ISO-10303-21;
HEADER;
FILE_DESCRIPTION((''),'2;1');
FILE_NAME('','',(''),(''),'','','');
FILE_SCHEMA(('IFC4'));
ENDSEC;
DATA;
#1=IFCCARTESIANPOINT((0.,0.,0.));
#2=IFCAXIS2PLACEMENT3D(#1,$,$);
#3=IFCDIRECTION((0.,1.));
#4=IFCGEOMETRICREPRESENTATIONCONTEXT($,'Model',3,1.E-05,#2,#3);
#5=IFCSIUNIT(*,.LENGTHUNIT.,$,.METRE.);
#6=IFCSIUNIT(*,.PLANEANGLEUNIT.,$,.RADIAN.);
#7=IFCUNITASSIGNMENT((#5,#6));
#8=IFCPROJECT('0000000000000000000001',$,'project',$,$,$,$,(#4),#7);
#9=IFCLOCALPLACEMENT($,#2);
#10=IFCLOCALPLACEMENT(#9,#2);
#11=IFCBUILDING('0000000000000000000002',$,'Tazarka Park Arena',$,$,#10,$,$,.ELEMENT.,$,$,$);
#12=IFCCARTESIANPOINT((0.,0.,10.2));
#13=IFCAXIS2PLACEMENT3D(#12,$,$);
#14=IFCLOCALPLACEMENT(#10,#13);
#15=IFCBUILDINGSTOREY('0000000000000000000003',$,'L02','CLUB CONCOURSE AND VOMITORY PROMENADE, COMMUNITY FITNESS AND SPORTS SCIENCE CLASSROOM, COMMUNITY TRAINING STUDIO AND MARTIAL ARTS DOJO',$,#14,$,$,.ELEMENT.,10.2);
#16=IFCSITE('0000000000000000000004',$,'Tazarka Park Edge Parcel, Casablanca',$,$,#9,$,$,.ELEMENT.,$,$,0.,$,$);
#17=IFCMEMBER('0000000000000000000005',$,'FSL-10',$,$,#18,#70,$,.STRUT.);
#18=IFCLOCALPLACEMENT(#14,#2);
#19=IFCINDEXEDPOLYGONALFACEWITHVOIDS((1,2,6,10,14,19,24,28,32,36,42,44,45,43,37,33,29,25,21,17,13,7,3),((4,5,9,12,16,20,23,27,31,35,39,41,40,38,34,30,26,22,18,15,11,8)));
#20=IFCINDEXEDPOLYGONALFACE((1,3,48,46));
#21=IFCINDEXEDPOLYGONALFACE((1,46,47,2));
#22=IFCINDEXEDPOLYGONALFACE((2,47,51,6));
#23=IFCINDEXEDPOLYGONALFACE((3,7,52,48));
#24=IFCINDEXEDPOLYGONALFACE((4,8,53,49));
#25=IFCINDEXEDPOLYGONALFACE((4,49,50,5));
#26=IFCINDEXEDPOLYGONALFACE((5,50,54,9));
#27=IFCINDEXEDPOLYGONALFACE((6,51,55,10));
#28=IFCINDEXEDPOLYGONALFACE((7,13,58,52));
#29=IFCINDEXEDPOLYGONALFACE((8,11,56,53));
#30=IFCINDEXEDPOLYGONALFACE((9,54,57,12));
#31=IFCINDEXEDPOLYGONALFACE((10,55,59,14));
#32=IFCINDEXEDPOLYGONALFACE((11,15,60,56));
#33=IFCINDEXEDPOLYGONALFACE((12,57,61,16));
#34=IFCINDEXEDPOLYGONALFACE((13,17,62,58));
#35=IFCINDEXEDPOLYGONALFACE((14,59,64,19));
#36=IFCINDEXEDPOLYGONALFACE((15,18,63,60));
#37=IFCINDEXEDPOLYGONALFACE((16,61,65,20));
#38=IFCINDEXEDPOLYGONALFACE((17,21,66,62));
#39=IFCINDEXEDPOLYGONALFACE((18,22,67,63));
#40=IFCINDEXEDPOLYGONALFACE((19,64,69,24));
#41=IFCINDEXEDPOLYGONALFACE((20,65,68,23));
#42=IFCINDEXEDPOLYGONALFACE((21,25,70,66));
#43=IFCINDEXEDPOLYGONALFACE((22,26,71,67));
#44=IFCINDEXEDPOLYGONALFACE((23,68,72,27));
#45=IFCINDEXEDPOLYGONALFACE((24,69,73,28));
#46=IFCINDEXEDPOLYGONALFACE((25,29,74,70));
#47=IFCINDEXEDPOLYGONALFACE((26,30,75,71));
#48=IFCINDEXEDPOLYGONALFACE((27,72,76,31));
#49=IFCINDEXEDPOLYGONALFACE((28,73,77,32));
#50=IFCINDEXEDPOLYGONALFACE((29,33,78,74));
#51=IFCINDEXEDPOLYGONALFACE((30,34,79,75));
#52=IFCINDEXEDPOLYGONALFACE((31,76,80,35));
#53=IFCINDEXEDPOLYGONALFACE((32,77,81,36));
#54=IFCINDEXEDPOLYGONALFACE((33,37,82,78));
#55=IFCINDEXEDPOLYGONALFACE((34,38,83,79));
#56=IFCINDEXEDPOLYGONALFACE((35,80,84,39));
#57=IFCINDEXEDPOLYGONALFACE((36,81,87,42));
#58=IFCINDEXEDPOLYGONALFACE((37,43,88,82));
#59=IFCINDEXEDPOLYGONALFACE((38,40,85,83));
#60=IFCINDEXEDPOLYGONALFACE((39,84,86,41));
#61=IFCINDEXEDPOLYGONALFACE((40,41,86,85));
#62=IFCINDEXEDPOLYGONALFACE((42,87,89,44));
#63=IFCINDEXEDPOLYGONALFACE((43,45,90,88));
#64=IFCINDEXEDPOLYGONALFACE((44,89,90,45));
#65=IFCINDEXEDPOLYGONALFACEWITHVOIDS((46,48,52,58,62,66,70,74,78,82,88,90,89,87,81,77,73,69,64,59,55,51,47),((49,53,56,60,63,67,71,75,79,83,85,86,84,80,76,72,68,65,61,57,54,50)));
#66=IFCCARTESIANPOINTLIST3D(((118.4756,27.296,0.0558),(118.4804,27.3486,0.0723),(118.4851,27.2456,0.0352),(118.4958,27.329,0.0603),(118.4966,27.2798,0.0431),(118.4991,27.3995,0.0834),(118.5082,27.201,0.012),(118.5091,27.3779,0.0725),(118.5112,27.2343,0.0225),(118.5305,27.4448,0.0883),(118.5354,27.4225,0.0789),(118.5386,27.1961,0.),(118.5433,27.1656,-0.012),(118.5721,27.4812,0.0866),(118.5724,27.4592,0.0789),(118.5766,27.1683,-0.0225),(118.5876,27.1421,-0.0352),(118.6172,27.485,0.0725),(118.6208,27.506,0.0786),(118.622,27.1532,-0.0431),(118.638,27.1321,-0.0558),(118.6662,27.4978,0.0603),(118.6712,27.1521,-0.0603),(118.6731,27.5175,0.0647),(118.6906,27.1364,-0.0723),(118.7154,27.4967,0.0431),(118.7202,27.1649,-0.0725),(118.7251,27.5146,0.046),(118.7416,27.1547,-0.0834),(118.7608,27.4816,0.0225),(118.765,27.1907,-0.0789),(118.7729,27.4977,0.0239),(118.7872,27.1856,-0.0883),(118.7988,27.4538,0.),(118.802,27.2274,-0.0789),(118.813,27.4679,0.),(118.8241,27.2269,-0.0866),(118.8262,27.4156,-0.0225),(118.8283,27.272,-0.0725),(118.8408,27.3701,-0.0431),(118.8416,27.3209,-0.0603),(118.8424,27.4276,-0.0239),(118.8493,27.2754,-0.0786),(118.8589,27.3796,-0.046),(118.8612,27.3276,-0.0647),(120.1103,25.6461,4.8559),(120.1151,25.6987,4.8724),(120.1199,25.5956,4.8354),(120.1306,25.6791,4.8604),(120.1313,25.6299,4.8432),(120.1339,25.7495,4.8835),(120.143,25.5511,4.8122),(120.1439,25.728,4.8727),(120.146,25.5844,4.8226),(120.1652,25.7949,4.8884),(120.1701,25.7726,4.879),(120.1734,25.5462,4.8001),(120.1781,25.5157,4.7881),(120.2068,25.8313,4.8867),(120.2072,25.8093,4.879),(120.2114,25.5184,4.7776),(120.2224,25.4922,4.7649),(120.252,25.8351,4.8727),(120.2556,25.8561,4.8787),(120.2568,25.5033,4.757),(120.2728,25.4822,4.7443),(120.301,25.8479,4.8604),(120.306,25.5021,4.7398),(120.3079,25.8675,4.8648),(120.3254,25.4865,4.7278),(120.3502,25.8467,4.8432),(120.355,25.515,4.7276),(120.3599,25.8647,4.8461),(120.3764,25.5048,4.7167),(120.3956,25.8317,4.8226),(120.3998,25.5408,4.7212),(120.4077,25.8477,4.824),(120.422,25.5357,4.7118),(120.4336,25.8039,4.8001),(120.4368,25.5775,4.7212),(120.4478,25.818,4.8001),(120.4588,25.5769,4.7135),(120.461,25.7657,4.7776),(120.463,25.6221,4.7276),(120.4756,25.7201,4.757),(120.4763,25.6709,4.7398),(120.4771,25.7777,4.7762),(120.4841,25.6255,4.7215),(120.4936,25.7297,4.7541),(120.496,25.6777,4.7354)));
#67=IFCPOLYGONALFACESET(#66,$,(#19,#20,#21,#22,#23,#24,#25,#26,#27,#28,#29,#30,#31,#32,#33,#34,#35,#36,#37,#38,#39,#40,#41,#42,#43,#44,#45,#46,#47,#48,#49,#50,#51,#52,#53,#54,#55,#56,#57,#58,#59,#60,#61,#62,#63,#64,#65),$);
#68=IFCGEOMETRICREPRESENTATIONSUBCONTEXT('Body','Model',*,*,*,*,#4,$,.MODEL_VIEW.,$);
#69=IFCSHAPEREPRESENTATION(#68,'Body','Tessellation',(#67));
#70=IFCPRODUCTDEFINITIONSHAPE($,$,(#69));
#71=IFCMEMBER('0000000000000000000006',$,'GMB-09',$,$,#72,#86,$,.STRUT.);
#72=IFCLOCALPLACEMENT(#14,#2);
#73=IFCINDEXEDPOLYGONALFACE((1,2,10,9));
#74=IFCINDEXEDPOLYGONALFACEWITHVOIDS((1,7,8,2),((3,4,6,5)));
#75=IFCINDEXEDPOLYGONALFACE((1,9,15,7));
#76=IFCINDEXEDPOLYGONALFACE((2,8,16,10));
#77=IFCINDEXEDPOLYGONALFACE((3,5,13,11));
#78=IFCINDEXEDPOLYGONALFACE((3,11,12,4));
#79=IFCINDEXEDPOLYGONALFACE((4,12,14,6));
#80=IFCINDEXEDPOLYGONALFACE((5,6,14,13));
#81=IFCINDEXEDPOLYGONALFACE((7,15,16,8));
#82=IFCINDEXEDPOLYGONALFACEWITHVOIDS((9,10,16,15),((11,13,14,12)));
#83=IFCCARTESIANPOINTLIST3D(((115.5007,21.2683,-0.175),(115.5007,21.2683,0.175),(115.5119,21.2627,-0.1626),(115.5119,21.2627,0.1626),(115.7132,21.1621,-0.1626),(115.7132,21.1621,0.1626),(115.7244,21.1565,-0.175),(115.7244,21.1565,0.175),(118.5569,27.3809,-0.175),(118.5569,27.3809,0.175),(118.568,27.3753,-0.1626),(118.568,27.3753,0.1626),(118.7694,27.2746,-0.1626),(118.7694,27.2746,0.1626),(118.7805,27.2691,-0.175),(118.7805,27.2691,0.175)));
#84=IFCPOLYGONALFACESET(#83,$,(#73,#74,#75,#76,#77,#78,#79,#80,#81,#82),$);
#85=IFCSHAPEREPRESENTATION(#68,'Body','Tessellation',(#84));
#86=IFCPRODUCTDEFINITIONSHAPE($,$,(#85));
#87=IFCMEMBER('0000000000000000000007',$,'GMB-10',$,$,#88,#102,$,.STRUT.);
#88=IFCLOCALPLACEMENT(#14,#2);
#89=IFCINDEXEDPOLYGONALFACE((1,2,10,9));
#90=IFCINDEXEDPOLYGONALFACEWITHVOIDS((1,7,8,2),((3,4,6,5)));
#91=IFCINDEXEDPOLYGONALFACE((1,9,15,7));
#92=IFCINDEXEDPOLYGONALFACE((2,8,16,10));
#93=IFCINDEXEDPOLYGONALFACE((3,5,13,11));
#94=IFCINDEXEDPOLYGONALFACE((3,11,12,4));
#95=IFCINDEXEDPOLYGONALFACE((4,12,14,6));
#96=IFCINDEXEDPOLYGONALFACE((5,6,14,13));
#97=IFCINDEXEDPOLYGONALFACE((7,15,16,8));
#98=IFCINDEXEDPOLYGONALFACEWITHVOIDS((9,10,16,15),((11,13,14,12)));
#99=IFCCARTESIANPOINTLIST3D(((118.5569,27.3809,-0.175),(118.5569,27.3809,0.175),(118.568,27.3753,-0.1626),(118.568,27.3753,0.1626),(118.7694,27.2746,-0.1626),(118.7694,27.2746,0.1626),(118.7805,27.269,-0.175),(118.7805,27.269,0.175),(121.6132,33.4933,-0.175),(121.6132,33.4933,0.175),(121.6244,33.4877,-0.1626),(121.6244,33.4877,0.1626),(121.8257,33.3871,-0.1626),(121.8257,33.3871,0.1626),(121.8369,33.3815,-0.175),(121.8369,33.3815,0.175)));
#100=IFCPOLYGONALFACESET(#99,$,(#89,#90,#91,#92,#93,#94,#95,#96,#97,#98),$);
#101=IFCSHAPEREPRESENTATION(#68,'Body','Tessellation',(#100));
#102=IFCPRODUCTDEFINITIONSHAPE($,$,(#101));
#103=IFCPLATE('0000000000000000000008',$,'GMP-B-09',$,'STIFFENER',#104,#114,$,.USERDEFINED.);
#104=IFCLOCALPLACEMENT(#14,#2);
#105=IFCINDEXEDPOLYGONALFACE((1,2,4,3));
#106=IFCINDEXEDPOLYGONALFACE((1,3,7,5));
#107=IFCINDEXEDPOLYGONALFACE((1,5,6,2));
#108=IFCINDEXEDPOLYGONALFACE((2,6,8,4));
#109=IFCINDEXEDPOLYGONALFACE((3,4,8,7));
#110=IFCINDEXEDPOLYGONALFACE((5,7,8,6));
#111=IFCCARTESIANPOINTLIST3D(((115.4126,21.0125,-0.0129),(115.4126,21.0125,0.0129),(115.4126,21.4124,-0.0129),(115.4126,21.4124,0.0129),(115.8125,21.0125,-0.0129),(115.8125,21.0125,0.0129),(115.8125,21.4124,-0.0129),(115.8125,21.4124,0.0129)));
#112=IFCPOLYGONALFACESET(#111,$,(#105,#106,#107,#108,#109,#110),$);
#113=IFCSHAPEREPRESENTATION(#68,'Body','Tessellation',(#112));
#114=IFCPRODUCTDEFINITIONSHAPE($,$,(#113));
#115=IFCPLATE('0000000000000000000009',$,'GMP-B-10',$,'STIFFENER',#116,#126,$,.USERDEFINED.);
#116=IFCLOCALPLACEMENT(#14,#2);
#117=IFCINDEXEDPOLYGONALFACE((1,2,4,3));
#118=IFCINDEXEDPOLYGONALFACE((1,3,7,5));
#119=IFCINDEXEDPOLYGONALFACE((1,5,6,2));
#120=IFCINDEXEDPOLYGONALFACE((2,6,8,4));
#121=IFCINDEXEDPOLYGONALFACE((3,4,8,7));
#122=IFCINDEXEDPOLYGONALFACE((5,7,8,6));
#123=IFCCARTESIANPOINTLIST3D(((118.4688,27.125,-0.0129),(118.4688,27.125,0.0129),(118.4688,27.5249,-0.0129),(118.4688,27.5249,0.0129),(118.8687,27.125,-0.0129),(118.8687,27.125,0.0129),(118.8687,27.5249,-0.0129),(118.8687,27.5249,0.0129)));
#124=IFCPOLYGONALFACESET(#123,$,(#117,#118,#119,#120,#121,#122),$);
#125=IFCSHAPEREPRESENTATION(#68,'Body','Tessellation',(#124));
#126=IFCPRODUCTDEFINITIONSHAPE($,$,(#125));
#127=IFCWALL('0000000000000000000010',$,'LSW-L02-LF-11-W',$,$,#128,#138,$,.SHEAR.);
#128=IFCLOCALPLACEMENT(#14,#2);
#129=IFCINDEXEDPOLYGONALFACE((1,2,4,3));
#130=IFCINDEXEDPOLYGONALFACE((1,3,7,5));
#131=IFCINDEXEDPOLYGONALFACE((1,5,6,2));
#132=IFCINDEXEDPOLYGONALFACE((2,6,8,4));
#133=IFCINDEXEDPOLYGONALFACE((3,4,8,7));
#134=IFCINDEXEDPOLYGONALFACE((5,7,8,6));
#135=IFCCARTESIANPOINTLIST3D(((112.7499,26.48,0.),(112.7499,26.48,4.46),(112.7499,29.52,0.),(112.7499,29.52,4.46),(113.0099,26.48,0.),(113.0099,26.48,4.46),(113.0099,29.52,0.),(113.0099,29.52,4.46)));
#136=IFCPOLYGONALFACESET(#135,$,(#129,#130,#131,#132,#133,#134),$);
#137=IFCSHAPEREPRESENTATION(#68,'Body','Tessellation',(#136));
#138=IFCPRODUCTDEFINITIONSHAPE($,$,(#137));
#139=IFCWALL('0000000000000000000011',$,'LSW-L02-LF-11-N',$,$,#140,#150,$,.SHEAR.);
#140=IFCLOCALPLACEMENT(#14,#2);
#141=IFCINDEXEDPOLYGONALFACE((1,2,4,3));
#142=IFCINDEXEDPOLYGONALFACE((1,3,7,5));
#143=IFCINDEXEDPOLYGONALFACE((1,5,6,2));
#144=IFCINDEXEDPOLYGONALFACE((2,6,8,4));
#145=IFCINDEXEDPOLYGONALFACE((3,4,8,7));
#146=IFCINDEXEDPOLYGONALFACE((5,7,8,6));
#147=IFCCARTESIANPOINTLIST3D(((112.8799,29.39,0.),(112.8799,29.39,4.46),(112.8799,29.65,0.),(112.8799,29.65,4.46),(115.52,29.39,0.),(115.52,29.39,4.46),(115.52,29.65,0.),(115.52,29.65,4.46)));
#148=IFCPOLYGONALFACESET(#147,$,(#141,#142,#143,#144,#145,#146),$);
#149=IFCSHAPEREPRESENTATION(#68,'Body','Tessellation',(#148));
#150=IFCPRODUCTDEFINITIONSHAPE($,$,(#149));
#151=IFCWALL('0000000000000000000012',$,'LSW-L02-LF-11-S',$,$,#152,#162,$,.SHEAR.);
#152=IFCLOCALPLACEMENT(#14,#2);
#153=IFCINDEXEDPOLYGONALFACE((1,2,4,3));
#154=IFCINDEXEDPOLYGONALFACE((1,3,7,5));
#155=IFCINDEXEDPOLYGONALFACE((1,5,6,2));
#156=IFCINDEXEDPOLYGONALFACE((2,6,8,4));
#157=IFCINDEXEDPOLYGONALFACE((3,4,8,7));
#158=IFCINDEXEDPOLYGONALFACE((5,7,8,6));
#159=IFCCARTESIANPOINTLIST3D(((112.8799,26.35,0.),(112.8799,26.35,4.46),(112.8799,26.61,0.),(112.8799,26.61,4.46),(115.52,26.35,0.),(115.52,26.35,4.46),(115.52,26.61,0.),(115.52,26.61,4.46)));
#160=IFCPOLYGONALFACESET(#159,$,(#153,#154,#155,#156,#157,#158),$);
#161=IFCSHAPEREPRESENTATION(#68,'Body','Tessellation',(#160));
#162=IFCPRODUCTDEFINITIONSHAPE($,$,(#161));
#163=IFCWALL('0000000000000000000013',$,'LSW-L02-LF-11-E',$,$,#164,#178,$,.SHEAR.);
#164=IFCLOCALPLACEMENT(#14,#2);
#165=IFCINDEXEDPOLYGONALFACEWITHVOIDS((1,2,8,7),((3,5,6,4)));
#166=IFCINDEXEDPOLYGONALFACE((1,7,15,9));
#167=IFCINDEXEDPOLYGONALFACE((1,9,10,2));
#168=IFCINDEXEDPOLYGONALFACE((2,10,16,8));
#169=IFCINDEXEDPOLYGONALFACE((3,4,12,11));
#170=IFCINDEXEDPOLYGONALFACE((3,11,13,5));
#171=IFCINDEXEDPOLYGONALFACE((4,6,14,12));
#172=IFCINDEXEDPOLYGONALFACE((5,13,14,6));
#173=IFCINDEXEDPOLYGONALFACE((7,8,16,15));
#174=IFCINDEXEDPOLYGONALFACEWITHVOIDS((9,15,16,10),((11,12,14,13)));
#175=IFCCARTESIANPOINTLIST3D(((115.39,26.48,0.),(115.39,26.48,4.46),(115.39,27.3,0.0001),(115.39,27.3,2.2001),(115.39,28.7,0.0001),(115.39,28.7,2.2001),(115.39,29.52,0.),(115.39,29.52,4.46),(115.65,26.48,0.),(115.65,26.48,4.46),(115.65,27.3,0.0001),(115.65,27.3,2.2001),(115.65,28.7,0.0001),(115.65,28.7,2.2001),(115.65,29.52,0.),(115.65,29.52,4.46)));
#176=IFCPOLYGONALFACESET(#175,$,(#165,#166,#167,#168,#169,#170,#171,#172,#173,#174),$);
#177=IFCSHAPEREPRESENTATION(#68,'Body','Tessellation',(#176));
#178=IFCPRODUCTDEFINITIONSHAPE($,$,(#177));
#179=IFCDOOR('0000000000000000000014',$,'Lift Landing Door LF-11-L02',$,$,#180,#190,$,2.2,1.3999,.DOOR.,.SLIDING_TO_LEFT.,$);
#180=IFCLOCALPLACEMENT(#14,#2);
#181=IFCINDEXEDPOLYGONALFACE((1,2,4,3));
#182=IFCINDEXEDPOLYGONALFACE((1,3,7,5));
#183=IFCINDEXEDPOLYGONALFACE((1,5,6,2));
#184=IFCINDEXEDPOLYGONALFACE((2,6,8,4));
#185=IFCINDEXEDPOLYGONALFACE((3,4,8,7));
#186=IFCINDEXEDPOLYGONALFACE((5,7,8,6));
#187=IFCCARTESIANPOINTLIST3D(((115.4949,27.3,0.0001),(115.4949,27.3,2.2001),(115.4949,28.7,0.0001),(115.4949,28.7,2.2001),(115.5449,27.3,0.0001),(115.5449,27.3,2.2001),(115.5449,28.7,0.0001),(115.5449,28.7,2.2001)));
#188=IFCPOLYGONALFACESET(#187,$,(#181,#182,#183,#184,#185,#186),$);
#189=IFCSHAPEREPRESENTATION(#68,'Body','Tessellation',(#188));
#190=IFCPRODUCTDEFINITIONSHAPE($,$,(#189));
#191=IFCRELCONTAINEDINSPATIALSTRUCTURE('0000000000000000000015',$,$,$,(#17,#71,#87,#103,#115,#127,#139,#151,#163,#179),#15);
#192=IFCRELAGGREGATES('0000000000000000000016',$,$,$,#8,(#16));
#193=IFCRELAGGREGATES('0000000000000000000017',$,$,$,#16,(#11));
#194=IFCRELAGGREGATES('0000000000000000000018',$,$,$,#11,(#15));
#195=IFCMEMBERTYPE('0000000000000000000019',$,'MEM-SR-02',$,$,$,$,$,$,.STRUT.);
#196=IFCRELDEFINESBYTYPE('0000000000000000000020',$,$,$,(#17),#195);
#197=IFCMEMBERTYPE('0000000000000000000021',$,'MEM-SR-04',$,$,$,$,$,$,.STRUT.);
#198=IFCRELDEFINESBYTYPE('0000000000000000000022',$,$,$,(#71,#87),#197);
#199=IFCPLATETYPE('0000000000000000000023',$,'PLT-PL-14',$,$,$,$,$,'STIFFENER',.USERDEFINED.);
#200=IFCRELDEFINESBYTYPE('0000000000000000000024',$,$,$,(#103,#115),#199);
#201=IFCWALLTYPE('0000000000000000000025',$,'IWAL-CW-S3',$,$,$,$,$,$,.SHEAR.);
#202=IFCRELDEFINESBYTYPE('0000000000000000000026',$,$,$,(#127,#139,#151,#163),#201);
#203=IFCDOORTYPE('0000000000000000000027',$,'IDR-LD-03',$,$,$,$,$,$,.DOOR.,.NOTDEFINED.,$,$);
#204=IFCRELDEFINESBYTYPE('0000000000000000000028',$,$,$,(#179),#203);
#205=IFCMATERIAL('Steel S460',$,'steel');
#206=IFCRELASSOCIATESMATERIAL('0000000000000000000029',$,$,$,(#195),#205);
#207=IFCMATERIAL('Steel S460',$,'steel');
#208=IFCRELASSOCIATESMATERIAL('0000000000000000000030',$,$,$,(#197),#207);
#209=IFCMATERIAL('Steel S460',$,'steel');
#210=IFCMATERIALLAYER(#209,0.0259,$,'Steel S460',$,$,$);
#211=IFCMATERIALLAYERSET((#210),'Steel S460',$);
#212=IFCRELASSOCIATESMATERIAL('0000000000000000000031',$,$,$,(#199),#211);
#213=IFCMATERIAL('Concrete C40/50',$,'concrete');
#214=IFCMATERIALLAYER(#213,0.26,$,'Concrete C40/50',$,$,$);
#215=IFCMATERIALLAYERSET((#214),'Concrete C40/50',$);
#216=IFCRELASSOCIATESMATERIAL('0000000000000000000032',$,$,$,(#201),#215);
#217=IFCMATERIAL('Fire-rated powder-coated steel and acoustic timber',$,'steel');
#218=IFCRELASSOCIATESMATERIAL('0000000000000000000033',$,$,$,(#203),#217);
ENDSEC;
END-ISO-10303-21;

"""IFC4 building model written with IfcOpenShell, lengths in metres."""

from ifc_helpers import new_model, si_unit, direction, frame, frame_2d, origin, origin_2d, place, context, subcontext, project, spatial, rectangle, hollow_rectangle, hollow_circle, extrude, material, layer, layer_set, material_profile, profile_set, type_object, element, fill, save


model = new_model("IFC4")

# Units and contexts
model_context = context("Model", 3, precision=1e-05, world=origin(), true_north=direction((0.0, 1.0)))
body_context = subcontext(model_context, "Body", "Model", "MODEL_VIEW")
ifc_project = project(units=[si_unit("LENGTHUNIT", "METRE"), si_unit("PLANEANGLEUNIT", "RADIAN")], contexts=[model_context])

# Site, building, storey
site_placement = place(None, origin())
site = spatial("IfcSite", under=ifc_project, at=site_placement, Name="Tazarka Park Edge Parcel, Casablanca", CompositionType="ELEMENT", RefElevation=0.0)
building_placement = place(site_placement, origin())
building = spatial("IfcBuilding", under=site, at=building_placement, Name="Tazarka Park Arena", CompositionType="ELEMENT")
storey_placement = place(building_placement, frame((0.0, 0.0, 10.2)))
storey = spatial("IfcBuildingStorey", under=building, at=storey_placement, Name="L02", Description="CLUB CONCOURSE AND VOMITORY PROMENADE, COMMUNITY FITNESS AND SPORTS SCIENCE CLASSROOM, COMMUNITY TRAINING STUDIO AND MARTIAL ARTS DOJO", CompositionType="ELEMENT", Elevation=10.2)

# Members
ifc_material_1 = material(Name="Steel S460", Category="steel")
ifc_material_profile_1 = material_profile(ifc_material_1, hollow_circle(Radius=0.2031, WallThickness=0.02, at=origin_2d()), Name="Steel S460")
ifc_profile_set_1 = profile_set([ifc_material_profile_1], Name="Steel S460")
member_type_1 = type_object("IfcMemberType", Name="MEM-SR-02", PredefinedType="STRUT", material=ifc_profile_set_1)
member_1_placement = place(storey_placement, frame((118.6687, 27.325, 0.0), z_axis=(0.306569, -0.309407, 0.900157), x_axis=(0.710358, 0.703841, 0.0)))
element("IfcMember", 1, at=member_1_placement, inside=storey, type_object=member_type_1, Name="FSL-10", PredefinedType="STRUT", context=body_context, shape_type="SweptSolid", body=[
    extrude(hollow_circle(Radius=0.2031, WallThickness=0.02, at=origin_2d()), origin(), (0.0, 0.0, 1.0), 5.3325),
])
ifc_material_2 = material(Name="Steel S460", Category="steel")
ifc_material_profile_2 = material_profile(ifc_material_2, hollow_rectangle(XDim=0.25, YDim=0.3501, WallThickness=0.0125, at=origin_2d()), Name="Steel S460")
ifc_profile_set_2 = profile_set([ifc_material_profile_2], Name="Steel S460")
member_type_2 = type_object("IfcMemberType", Name="MEM-SR-04", PredefinedType="STRUT", material=ifc_profile_set_2)
for number, where, z_axis, x_axis, name in (
    (2, (115.6125, 21.2124, 0.0), (0.447199, 0.894434, 0.0), (-0.894434, 0.447199, 0.0), "GMB-09"),
    (3, (118.6687, 27.325, 0.0), (0.447228, 0.89442, 0.0), (-0.89442, 0.447228, 0.0), "GMB-10"),
):
    element("IfcMember", number, at=place(storey_placement, frame(where, z_axis=z_axis, x_axis=x_axis)), inside=storey, type_object=member_type_2, Name=name, PredefinedType="STRUT", context=body_context, shape_type="SweptSolid", body=[
        extrude(hollow_rectangle(XDim=0.25, YDim=0.3501, WallThickness=0.0125, at=origin_2d()), origin(), (0.0, 0.0, 1.0), 6.834),
    ])

# Plates
ifc_material_3 = material(Name="Steel S460", Category="steel")
ifc_layer_1 = layer(ifc_material_3, 0.0259, Name="Steel S460")
ifc_layer_set_1 = layer_set([ifc_layer_1], Name="Steel S460")
plate_type = type_object("IfcPlateType", Name="PLT-PL-14", ElementType="STIFFENER", PredefinedType="USERDEFINED", material=ifc_layer_set_1)
for number, where, z_axis, x_axis, name in (
    (4, (115.6125, 21.2124, -0.0129), (0.0, 0.0, 1.0), (1.0, 0.0, 0.0), "GMP-B-09"),
    (5, (118.6687, 27.325, -0.0129), (0.0, 0.0, 1.0), (1.0, 0.0, 0.0), "GMP-B-10"),
):
    element("IfcPlate", number, at=place(storey_placement, frame(where, z_axis=z_axis, x_axis=x_axis)), inside=storey, type_object=plate_type, Name=name, ObjectType="STIFFENER", PredefinedType="USERDEFINED", context=body_context, shape_type="SweptSolid", body=[
        extrude(rectangle(XDim=0.3999, YDim=0.3999, at=origin_2d()), origin(), (0.0, 0.0, 1.0), 0.0259),
    ])

# Walls
ifc_material_4 = material(Name="Concrete C40/50", Category="concrete")
ifc_layer_2 = layer(ifc_material_4, 0.26, Name="Concrete C40/50")
ifc_layer_set_2 = layer_set([ifc_layer_2], Name="Concrete C40/50")
wall_type_1 = type_object("IfcWallType", Name="IWAL-CW-S3", PredefinedType="SHEAR", material=ifc_layer_set_2)
wall_1_placement = place(storey_placement, frame((112.8799, 26.48, 0.0), z_axis=(0.0, 0.0, 1.0), x_axis=(0.0, 1.0, 0.0)))
element("IfcWall", 6, at=wall_1_placement, inside=storey, type_object=wall_type_1, Name="LSW-L02-LF-11-W", PredefinedType="SHEAR", context=body_context, shape_type="SweptSolid", body=[
    extrude(rectangle(XDim=3.04, YDim=0.26, at=frame_2d((1.52, 0.0))), origin(), (0.0, 0.0, 1.0), 4.46),
])
for number, where, z_axis, x_axis, name in (
    (7, (112.8799, 29.52, 0.0), (0.0, 0.0, 1.0), (1.0, 0.0, 0.0), "LSW-L02-LF-11-N"),
    (8, (115.52, 26.48, 0.0), (0.0, 0.0, 1.0), (-1.0, 0.0, 0.0), "LSW-L02-LF-11-S"),
):
    element("IfcWall", number, at=place(storey_placement, frame(where, z_axis=z_axis, x_axis=x_axis)), inside=storey, type_object=wall_type_1, Name=name, PredefinedType="SHEAR", context=body_context, shape_type="SweptSolid", body=[
        extrude(rectangle(XDim=2.6401, YDim=0.26, at=frame_2d((1.3201, 0.0))), origin(), (0.0, 0.0, 1.0), 4.46),
    ])

# Wall, opening, door
wall_2_placement = place(storey_placement, frame((115.52, 29.52, 0.0), z_axis=(0.0, 0.0, 1.0), x_axis=(0.0, -1.0, 0.0)))
wall_2 = element("IfcWall", 9, at=wall_2_placement, inside=storey, type_object=wall_type_1, Name="LSW-L02-LF-11-E", PredefinedType="SHEAR", context=body_context, shape_type="SweptSolid", body=[
    extrude(rectangle(XDim=3.04, YDim=0.26, at=frame_2d((1.52, 0.0))), origin(), (0.0, 0.0, 1.0), 4.46),
])
opening_placement = place(wall_2_placement, frame((0.8201, 0.0, 0.0)))
opening = element("IfcOpeningElement", 10, at=opening_placement, cuts=wall_2, PredefinedType="OPENING", context=body_context, shape_type="SweptSolid", body=[
    extrude(rectangle(XDim=1.3999, YDim=2.2, at=frame_2d((0.7, 1.1001))), frame((0.0, 0.1401, 0.0), z_axis=(0.0, -1.0, 0.0), x_axis=(1.0, 0.0, 0.0)), (0.0, 0.0, 1.0), 0.28),
])
ifc_material_5 = material(Name="Fire-rated powder-coated steel and acoustic timber", Category="steel")
door_type = type_object("IfcDoorType", Name="IDR-LD-03", OperationType="NOTDEFINED", PredefinedType="DOOR", material=ifc_material_5)
door_placement = place(opening_placement, origin())
door = element("IfcDoor", 11, at=door_placement, inside=storey, type_object=door_type, Name="Lift Landing Door LF-11-L02", OperationType="SLIDING_TO_LEFT", OverallHeight=2.2, OverallWidth=1.3999, PredefinedType="DOOR", context=body_context, shape_type="SweptSolid", body=[
    extrude(rectangle(XDim=1.3999, YDim=2.2, at=frame_2d((0.7, 1.1001))), frame((0.0, 0.0249, 0.0), z_axis=(0.0, -1.0, 0.0), x_axis=(1.0, 0.0, 0.0)), (0.0, 0.0, 1.0), 0.05),
])
fill(opening, door)

save(model, "model.ifc")
